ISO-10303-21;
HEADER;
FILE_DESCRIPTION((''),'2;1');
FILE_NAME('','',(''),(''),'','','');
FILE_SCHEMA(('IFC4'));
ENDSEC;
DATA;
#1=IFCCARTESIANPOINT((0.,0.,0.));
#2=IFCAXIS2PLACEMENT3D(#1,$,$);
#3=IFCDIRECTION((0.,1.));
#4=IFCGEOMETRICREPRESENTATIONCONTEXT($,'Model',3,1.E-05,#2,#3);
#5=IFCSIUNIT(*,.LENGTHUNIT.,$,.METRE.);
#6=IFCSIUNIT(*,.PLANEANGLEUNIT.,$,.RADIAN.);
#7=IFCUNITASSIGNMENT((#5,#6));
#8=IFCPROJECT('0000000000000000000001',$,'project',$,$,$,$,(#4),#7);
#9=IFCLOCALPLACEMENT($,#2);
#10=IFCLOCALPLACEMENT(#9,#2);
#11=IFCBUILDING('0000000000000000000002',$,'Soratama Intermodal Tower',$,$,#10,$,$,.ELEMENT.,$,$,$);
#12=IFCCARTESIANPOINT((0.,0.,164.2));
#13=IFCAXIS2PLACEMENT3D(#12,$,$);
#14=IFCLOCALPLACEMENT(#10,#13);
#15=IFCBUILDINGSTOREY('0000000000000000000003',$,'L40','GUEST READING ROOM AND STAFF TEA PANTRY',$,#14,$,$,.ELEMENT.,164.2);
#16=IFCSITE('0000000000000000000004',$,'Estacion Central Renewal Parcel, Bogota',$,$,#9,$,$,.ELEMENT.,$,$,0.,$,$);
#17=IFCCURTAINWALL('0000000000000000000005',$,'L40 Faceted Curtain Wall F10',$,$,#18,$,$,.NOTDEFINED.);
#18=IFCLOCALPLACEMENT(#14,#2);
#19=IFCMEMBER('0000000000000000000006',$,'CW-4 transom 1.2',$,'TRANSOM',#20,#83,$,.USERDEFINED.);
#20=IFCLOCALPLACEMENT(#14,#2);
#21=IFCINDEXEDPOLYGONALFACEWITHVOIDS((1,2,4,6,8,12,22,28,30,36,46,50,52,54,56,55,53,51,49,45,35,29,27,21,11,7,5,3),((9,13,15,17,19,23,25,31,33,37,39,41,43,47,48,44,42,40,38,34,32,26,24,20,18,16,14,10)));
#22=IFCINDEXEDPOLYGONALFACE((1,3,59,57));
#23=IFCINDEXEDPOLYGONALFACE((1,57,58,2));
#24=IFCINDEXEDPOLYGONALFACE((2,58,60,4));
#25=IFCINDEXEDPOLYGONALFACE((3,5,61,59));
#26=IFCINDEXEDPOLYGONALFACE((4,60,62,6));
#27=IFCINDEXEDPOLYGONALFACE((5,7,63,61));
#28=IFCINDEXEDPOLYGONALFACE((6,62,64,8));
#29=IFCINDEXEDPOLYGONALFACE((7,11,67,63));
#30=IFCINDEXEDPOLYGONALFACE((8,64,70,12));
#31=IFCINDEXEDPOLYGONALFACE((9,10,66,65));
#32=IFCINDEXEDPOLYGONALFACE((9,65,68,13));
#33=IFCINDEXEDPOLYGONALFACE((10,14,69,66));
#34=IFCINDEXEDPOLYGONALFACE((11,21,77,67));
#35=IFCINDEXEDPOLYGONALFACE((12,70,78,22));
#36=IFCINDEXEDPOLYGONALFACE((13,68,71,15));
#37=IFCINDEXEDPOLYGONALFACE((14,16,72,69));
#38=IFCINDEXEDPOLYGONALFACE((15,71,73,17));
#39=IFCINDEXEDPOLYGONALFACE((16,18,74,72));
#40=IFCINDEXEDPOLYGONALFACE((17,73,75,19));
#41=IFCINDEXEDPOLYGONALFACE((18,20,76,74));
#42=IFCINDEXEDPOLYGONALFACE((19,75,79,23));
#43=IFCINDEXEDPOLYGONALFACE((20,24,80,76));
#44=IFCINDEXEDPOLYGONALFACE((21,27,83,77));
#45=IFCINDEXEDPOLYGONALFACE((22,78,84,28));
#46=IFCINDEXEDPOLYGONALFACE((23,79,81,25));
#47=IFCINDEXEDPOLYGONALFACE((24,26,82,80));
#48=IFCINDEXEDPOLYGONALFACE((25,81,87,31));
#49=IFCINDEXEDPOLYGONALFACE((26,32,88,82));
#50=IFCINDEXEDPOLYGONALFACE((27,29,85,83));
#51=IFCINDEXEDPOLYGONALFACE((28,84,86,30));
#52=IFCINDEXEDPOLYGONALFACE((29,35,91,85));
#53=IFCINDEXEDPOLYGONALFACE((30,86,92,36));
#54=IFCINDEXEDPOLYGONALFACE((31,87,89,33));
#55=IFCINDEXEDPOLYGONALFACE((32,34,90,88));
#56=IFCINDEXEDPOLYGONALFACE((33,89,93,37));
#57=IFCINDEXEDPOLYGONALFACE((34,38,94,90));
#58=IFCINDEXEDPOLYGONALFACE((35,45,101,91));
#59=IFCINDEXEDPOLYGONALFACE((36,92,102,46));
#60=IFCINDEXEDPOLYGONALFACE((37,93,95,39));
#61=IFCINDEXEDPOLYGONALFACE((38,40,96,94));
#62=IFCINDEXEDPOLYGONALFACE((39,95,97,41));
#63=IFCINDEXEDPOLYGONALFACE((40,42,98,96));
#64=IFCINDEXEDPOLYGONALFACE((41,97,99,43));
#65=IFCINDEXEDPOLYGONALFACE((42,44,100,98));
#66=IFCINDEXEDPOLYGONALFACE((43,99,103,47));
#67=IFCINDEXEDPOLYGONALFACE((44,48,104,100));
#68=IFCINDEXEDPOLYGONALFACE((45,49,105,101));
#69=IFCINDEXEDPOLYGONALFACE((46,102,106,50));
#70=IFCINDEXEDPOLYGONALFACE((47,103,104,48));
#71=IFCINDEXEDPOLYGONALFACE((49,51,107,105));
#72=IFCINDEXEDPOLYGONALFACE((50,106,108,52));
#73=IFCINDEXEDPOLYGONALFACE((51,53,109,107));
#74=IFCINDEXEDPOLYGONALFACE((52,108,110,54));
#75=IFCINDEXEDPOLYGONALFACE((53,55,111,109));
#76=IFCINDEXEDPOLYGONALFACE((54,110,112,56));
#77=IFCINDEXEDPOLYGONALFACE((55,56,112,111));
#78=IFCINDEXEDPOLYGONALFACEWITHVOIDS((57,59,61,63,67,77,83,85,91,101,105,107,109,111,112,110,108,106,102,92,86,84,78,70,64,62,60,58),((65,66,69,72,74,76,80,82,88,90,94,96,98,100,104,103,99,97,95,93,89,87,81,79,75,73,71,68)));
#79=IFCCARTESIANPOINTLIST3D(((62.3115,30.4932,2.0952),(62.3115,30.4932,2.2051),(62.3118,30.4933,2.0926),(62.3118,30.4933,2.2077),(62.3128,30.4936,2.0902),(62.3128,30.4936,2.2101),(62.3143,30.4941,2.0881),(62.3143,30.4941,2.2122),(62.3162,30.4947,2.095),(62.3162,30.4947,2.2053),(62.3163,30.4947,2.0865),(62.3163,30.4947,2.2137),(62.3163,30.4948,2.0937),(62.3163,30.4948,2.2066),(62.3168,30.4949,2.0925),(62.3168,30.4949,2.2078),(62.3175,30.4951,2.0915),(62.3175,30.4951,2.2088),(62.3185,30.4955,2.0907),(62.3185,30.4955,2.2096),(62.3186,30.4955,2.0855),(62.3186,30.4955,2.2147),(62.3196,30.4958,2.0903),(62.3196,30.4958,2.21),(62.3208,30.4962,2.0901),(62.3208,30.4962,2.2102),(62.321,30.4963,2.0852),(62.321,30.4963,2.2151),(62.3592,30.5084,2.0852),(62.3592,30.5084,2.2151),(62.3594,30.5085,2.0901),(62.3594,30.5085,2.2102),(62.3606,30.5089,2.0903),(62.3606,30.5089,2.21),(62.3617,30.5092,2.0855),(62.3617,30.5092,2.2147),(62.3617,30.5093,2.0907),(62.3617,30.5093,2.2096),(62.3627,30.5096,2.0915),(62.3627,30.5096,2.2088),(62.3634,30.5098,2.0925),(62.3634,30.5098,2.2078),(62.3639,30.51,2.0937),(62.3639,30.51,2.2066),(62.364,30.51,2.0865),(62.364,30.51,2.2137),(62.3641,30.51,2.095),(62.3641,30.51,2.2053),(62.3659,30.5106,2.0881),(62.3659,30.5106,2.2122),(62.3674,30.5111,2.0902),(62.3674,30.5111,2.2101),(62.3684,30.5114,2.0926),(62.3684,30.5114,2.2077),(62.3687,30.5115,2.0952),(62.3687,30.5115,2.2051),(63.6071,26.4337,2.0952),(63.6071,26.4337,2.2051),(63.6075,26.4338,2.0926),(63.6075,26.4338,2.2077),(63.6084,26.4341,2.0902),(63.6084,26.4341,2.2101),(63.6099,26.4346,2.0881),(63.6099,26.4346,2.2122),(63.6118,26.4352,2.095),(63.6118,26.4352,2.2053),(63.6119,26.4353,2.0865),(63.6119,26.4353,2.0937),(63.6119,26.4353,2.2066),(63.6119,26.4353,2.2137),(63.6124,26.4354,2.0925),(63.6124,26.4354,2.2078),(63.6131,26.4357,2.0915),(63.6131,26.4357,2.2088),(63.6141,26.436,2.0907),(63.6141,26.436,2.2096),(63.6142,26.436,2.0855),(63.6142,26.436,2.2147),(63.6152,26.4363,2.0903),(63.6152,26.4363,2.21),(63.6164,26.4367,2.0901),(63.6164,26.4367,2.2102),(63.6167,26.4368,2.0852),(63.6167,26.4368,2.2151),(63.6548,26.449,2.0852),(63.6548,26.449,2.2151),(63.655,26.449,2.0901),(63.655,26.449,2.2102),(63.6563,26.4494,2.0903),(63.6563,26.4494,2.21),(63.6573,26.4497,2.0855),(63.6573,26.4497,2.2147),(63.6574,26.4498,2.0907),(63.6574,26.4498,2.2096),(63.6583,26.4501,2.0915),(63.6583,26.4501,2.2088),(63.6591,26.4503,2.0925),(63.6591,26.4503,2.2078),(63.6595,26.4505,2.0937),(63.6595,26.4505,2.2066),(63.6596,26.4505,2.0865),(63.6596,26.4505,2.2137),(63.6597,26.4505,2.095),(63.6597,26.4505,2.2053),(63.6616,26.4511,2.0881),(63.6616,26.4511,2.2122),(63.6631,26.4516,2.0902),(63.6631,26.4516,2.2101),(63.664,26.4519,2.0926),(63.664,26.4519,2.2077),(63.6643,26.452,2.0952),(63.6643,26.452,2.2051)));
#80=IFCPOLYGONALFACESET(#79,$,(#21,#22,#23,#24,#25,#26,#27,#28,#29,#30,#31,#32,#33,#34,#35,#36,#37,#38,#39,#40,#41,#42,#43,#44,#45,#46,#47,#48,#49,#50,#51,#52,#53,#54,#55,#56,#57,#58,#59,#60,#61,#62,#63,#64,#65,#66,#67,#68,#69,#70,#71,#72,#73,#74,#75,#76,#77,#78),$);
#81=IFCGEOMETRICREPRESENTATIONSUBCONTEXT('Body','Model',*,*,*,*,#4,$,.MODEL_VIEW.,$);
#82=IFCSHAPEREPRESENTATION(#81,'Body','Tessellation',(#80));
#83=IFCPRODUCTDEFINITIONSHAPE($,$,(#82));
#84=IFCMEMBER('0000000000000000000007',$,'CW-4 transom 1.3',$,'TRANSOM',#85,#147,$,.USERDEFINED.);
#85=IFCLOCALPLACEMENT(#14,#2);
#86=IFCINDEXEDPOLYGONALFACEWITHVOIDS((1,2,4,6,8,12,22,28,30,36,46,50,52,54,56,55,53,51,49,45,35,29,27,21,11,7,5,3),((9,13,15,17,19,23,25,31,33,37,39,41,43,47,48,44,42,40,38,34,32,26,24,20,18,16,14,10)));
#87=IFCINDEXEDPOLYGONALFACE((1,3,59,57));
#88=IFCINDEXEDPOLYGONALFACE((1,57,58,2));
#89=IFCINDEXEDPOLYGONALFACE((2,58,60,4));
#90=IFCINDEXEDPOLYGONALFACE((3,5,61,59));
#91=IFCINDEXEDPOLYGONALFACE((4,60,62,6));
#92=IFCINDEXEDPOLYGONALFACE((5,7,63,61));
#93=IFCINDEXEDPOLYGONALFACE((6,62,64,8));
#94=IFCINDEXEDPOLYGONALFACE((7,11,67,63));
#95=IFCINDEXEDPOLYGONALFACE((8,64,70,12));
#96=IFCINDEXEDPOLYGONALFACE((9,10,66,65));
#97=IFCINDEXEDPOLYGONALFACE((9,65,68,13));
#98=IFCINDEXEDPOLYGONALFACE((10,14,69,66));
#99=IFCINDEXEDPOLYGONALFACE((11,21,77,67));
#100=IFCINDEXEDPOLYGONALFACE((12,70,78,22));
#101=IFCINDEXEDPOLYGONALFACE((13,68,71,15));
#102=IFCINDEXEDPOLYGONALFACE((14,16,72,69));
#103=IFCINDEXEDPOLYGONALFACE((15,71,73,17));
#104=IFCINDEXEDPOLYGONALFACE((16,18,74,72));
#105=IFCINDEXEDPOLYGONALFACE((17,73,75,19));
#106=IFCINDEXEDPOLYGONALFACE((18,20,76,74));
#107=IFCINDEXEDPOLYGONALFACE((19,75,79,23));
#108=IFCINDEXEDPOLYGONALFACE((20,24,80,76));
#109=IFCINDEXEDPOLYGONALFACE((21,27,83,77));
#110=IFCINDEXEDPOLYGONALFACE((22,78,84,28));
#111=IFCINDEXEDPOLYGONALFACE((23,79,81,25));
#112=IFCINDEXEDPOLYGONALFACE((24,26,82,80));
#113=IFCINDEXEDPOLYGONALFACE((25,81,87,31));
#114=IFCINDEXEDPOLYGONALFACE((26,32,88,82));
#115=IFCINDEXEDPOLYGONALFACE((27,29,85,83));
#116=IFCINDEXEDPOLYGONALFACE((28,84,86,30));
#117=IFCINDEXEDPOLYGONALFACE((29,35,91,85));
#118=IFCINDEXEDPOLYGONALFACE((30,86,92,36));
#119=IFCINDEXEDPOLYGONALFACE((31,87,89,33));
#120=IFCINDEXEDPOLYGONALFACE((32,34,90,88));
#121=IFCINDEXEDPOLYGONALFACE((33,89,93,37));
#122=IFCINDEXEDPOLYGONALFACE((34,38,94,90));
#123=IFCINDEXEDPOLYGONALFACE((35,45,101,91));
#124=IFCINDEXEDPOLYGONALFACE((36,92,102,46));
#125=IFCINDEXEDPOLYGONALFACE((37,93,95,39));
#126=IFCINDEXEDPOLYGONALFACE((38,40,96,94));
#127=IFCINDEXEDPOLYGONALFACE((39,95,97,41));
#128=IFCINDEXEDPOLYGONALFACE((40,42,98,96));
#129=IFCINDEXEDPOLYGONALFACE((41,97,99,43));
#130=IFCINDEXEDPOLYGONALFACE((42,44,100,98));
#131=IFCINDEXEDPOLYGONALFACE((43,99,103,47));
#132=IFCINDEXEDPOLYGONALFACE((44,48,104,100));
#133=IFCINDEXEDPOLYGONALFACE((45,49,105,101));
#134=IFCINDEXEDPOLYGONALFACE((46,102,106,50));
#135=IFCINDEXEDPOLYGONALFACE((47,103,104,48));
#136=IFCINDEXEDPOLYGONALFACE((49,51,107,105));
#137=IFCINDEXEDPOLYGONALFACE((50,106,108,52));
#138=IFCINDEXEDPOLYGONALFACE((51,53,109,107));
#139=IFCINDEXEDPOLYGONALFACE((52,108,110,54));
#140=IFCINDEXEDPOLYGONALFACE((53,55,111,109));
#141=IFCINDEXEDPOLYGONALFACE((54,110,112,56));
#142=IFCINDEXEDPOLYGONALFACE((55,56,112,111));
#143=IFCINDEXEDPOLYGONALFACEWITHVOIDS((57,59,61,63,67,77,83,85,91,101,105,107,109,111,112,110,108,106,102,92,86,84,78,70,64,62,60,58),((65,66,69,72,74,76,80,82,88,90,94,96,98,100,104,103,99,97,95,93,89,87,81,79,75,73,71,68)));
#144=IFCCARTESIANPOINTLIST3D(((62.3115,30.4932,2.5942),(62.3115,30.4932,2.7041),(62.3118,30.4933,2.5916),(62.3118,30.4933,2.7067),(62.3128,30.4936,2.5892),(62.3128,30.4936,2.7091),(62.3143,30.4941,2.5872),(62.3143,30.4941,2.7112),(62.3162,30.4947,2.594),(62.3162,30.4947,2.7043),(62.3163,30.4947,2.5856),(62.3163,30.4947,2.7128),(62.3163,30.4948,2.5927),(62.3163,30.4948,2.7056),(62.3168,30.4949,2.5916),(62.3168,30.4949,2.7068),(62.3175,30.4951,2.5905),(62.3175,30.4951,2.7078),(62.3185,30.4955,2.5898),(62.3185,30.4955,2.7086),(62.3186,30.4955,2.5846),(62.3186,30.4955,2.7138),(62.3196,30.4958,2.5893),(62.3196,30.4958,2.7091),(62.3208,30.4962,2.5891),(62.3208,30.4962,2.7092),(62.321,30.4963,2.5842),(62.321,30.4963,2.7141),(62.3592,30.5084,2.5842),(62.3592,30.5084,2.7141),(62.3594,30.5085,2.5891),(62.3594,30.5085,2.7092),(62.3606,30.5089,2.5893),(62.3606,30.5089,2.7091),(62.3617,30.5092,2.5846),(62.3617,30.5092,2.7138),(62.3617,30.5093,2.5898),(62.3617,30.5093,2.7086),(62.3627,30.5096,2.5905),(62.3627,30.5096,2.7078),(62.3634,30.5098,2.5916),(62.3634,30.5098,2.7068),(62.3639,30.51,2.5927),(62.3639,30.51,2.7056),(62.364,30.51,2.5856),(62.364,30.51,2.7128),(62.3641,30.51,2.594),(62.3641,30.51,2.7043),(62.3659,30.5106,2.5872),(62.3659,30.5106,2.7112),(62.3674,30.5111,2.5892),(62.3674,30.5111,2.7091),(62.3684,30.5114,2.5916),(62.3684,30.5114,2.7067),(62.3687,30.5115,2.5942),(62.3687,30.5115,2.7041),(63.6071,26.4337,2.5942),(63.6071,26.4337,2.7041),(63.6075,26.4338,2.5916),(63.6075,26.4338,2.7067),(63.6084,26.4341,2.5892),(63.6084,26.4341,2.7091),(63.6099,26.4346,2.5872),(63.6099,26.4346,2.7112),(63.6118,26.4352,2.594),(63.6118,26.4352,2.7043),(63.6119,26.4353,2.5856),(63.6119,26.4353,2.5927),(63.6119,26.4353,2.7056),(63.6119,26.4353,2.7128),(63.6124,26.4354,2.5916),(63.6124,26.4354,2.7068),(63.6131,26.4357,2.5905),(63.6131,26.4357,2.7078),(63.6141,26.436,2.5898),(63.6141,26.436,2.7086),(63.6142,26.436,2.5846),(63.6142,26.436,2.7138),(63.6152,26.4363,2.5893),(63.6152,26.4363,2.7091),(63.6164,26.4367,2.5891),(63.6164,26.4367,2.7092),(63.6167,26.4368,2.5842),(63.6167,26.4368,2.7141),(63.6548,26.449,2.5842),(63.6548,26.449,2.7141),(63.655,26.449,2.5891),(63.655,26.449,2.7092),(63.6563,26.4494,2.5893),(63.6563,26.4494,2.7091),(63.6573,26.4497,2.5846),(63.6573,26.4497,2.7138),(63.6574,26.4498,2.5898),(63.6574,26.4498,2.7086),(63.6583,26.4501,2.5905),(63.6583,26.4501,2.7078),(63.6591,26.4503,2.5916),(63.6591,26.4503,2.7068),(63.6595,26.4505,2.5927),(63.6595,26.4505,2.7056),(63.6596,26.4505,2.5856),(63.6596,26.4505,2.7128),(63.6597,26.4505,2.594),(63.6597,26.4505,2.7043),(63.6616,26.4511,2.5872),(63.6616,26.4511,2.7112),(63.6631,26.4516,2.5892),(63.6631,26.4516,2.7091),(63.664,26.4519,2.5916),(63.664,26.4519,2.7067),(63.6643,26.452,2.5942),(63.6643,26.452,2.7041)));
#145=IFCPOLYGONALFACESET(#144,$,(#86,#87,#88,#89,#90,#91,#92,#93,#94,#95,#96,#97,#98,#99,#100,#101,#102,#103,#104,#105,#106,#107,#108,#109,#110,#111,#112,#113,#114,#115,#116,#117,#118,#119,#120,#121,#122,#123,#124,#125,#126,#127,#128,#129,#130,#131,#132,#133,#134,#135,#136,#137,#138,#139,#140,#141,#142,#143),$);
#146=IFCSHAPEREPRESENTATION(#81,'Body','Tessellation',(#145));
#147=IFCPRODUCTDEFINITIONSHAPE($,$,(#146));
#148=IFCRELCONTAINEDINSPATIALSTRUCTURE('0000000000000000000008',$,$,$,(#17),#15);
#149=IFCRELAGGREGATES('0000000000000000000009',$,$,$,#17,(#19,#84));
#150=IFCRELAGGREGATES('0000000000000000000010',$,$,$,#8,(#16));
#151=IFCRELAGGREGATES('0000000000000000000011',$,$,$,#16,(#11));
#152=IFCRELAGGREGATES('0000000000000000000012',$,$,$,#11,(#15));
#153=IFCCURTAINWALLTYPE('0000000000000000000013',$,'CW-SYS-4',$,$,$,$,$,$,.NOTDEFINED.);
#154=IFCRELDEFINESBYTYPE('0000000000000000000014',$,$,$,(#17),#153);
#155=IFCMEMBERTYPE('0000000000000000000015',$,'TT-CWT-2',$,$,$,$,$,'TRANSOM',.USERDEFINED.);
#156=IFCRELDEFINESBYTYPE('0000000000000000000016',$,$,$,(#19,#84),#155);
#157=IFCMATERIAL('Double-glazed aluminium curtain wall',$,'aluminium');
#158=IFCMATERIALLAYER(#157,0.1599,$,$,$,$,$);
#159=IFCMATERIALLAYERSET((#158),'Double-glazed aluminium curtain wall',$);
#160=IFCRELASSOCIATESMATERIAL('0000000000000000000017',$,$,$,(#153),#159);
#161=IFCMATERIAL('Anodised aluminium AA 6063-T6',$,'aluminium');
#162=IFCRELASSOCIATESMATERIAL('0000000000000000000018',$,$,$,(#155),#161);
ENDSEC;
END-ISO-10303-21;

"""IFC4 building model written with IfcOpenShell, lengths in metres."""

from ifc_helpers import new_model, si_unit, direction, frame, origin, origin_2d, place, context, subcontext, project, spatial, hollow_rectangle, extrude, material, layer, layer_set, material_profile, profile_set, type_object, element, aggregate, save


model = new_model("IFC4")

# Units and contexts
model_context = context("Model", 3, precision=1e-05, world=origin(), true_north=direction((0.0, 1.0)))
body_context = subcontext(model_context, "Body", "Model", "MODEL_VIEW")
ifc_project = project(units=[si_unit("LENGTHUNIT", "METRE"), si_unit("PLANEANGLEUNIT", "RADIAN")], contexts=[model_context])

# Site, building, storey
site_placement = place(None, origin())
site = spatial("IfcSite", under=ifc_project, at=site_placement, Name="Estacion Central Renewal Parcel, Bogota", CompositionType="ELEMENT", RefElevation=0.0)
building_placement = place(site_placement, origin())
building = spatial("IfcBuilding", under=site, at=building_placement, Name="Soratama Intermodal Tower", CompositionType="ELEMENT")
storey_placement = place(building_placement, frame((0.0, 0.0, 164.2)))
storey = spatial("IfcBuildingStorey", under=building, at=storey_placement, Name="L40", Description="GUEST READING ROOM AND STAFF TEA PANTRY", CompositionType="ELEMENT", Elevation=164.2)

# Curtain wall, members
ifc_material_1 = material(Name="Double-glazed aluminium curtain wall", Category="aluminium")
ifc_layer_1 = layer(ifc_material_1, 0.1599)
ifc_layer_set_1 = layer_set([ifc_layer_1], Name="Double-glazed aluminium curtain wall")
curtain_wall_type = type_object("IfcCurtainWallType", Name="CW-SYS-4", PredefinedType="NOTDEFINED", material=ifc_layer_set_1)
curtain_wall_placement = place(storey_placement, origin())
curtain_wall = element("IfcCurtainWall", 1, at=curtain_wall_placement, inside=storey, type_object=curtain_wall_type, Name="L40 Faceted Curtain Wall F10", PredefinedType="NOTDEFINED")
ifc_material_2 = material(Name="Anodised aluminium AA 6063-T6", Category="aluminium")
ifc_material_profile_1 = material_profile(ifc_material_2, hollow_rectangle(XDim=0.0601, YDim=0.1299, WallThickness=0.0049, InnerFilletRadius=0.0049, OuterFilletRadius=0.01, at=origin_2d()), Name="CWT130X60X5")
ifc_profile_set_1 = profile_set([ifc_material_profile_1], Name="Anodised aluminium AA 6063-T6")
member_type_1 = type_object("IfcMemberType", Name="TT-CWT-2", ElementType="TRANSOM", PredefinedType="USERDEFINED", material=ifc_profile_set_1)
member_1_placement = place(storey_placement, frame((63.6357, 26.4429, 2.1501), z_axis=(-0.30405, 0.952656, 0.0), x_axis=(-0.952656, -0.30405, 0.0)))
member_1 = element("IfcMember", 2, at=member_1_placement, type_object=member_type_1, Name="CW-4 transom 1.2", ObjectType="TRANSOM", PredefinedType="USERDEFINED", context=body_context, shape_type="SweptSolid", body=[
    extrude(hollow_rectangle(XDim=0.0601, YDim=0.1299, WallThickness=0.0049, InnerFilletRadius=0.0049, OuterFilletRadius=0.01, at=origin_2d()), origin(), (0.0, 0.0, 1.0), 4.2612),
])
member_2_placement = place(storey_placement, frame((63.6357, 26.4429, 2.6492), z_axis=(-0.30405, 0.952656, 0.0), x_axis=(-0.952656, -0.30405, 0.0)))
member_2 = element("IfcMember", 3, at=member_2_placement, type_object=member_type_1, Name="CW-4 transom 1.3", ObjectType="TRANSOM", PredefinedType="USERDEFINED", context=body_context, shape_type="SweptSolid", body=[
    extrude(hollow_rectangle(XDim=0.0601, YDim=0.1299, WallThickness=0.0049, InnerFilletRadius=0.0049, OuterFilletRadius=0.01, at=origin_2d()), origin(), (0.0, 0.0, 1.0), 4.2612),
])
aggregate(curtain_wall, [member_1, member_2])

save(model, "model.ifc")
